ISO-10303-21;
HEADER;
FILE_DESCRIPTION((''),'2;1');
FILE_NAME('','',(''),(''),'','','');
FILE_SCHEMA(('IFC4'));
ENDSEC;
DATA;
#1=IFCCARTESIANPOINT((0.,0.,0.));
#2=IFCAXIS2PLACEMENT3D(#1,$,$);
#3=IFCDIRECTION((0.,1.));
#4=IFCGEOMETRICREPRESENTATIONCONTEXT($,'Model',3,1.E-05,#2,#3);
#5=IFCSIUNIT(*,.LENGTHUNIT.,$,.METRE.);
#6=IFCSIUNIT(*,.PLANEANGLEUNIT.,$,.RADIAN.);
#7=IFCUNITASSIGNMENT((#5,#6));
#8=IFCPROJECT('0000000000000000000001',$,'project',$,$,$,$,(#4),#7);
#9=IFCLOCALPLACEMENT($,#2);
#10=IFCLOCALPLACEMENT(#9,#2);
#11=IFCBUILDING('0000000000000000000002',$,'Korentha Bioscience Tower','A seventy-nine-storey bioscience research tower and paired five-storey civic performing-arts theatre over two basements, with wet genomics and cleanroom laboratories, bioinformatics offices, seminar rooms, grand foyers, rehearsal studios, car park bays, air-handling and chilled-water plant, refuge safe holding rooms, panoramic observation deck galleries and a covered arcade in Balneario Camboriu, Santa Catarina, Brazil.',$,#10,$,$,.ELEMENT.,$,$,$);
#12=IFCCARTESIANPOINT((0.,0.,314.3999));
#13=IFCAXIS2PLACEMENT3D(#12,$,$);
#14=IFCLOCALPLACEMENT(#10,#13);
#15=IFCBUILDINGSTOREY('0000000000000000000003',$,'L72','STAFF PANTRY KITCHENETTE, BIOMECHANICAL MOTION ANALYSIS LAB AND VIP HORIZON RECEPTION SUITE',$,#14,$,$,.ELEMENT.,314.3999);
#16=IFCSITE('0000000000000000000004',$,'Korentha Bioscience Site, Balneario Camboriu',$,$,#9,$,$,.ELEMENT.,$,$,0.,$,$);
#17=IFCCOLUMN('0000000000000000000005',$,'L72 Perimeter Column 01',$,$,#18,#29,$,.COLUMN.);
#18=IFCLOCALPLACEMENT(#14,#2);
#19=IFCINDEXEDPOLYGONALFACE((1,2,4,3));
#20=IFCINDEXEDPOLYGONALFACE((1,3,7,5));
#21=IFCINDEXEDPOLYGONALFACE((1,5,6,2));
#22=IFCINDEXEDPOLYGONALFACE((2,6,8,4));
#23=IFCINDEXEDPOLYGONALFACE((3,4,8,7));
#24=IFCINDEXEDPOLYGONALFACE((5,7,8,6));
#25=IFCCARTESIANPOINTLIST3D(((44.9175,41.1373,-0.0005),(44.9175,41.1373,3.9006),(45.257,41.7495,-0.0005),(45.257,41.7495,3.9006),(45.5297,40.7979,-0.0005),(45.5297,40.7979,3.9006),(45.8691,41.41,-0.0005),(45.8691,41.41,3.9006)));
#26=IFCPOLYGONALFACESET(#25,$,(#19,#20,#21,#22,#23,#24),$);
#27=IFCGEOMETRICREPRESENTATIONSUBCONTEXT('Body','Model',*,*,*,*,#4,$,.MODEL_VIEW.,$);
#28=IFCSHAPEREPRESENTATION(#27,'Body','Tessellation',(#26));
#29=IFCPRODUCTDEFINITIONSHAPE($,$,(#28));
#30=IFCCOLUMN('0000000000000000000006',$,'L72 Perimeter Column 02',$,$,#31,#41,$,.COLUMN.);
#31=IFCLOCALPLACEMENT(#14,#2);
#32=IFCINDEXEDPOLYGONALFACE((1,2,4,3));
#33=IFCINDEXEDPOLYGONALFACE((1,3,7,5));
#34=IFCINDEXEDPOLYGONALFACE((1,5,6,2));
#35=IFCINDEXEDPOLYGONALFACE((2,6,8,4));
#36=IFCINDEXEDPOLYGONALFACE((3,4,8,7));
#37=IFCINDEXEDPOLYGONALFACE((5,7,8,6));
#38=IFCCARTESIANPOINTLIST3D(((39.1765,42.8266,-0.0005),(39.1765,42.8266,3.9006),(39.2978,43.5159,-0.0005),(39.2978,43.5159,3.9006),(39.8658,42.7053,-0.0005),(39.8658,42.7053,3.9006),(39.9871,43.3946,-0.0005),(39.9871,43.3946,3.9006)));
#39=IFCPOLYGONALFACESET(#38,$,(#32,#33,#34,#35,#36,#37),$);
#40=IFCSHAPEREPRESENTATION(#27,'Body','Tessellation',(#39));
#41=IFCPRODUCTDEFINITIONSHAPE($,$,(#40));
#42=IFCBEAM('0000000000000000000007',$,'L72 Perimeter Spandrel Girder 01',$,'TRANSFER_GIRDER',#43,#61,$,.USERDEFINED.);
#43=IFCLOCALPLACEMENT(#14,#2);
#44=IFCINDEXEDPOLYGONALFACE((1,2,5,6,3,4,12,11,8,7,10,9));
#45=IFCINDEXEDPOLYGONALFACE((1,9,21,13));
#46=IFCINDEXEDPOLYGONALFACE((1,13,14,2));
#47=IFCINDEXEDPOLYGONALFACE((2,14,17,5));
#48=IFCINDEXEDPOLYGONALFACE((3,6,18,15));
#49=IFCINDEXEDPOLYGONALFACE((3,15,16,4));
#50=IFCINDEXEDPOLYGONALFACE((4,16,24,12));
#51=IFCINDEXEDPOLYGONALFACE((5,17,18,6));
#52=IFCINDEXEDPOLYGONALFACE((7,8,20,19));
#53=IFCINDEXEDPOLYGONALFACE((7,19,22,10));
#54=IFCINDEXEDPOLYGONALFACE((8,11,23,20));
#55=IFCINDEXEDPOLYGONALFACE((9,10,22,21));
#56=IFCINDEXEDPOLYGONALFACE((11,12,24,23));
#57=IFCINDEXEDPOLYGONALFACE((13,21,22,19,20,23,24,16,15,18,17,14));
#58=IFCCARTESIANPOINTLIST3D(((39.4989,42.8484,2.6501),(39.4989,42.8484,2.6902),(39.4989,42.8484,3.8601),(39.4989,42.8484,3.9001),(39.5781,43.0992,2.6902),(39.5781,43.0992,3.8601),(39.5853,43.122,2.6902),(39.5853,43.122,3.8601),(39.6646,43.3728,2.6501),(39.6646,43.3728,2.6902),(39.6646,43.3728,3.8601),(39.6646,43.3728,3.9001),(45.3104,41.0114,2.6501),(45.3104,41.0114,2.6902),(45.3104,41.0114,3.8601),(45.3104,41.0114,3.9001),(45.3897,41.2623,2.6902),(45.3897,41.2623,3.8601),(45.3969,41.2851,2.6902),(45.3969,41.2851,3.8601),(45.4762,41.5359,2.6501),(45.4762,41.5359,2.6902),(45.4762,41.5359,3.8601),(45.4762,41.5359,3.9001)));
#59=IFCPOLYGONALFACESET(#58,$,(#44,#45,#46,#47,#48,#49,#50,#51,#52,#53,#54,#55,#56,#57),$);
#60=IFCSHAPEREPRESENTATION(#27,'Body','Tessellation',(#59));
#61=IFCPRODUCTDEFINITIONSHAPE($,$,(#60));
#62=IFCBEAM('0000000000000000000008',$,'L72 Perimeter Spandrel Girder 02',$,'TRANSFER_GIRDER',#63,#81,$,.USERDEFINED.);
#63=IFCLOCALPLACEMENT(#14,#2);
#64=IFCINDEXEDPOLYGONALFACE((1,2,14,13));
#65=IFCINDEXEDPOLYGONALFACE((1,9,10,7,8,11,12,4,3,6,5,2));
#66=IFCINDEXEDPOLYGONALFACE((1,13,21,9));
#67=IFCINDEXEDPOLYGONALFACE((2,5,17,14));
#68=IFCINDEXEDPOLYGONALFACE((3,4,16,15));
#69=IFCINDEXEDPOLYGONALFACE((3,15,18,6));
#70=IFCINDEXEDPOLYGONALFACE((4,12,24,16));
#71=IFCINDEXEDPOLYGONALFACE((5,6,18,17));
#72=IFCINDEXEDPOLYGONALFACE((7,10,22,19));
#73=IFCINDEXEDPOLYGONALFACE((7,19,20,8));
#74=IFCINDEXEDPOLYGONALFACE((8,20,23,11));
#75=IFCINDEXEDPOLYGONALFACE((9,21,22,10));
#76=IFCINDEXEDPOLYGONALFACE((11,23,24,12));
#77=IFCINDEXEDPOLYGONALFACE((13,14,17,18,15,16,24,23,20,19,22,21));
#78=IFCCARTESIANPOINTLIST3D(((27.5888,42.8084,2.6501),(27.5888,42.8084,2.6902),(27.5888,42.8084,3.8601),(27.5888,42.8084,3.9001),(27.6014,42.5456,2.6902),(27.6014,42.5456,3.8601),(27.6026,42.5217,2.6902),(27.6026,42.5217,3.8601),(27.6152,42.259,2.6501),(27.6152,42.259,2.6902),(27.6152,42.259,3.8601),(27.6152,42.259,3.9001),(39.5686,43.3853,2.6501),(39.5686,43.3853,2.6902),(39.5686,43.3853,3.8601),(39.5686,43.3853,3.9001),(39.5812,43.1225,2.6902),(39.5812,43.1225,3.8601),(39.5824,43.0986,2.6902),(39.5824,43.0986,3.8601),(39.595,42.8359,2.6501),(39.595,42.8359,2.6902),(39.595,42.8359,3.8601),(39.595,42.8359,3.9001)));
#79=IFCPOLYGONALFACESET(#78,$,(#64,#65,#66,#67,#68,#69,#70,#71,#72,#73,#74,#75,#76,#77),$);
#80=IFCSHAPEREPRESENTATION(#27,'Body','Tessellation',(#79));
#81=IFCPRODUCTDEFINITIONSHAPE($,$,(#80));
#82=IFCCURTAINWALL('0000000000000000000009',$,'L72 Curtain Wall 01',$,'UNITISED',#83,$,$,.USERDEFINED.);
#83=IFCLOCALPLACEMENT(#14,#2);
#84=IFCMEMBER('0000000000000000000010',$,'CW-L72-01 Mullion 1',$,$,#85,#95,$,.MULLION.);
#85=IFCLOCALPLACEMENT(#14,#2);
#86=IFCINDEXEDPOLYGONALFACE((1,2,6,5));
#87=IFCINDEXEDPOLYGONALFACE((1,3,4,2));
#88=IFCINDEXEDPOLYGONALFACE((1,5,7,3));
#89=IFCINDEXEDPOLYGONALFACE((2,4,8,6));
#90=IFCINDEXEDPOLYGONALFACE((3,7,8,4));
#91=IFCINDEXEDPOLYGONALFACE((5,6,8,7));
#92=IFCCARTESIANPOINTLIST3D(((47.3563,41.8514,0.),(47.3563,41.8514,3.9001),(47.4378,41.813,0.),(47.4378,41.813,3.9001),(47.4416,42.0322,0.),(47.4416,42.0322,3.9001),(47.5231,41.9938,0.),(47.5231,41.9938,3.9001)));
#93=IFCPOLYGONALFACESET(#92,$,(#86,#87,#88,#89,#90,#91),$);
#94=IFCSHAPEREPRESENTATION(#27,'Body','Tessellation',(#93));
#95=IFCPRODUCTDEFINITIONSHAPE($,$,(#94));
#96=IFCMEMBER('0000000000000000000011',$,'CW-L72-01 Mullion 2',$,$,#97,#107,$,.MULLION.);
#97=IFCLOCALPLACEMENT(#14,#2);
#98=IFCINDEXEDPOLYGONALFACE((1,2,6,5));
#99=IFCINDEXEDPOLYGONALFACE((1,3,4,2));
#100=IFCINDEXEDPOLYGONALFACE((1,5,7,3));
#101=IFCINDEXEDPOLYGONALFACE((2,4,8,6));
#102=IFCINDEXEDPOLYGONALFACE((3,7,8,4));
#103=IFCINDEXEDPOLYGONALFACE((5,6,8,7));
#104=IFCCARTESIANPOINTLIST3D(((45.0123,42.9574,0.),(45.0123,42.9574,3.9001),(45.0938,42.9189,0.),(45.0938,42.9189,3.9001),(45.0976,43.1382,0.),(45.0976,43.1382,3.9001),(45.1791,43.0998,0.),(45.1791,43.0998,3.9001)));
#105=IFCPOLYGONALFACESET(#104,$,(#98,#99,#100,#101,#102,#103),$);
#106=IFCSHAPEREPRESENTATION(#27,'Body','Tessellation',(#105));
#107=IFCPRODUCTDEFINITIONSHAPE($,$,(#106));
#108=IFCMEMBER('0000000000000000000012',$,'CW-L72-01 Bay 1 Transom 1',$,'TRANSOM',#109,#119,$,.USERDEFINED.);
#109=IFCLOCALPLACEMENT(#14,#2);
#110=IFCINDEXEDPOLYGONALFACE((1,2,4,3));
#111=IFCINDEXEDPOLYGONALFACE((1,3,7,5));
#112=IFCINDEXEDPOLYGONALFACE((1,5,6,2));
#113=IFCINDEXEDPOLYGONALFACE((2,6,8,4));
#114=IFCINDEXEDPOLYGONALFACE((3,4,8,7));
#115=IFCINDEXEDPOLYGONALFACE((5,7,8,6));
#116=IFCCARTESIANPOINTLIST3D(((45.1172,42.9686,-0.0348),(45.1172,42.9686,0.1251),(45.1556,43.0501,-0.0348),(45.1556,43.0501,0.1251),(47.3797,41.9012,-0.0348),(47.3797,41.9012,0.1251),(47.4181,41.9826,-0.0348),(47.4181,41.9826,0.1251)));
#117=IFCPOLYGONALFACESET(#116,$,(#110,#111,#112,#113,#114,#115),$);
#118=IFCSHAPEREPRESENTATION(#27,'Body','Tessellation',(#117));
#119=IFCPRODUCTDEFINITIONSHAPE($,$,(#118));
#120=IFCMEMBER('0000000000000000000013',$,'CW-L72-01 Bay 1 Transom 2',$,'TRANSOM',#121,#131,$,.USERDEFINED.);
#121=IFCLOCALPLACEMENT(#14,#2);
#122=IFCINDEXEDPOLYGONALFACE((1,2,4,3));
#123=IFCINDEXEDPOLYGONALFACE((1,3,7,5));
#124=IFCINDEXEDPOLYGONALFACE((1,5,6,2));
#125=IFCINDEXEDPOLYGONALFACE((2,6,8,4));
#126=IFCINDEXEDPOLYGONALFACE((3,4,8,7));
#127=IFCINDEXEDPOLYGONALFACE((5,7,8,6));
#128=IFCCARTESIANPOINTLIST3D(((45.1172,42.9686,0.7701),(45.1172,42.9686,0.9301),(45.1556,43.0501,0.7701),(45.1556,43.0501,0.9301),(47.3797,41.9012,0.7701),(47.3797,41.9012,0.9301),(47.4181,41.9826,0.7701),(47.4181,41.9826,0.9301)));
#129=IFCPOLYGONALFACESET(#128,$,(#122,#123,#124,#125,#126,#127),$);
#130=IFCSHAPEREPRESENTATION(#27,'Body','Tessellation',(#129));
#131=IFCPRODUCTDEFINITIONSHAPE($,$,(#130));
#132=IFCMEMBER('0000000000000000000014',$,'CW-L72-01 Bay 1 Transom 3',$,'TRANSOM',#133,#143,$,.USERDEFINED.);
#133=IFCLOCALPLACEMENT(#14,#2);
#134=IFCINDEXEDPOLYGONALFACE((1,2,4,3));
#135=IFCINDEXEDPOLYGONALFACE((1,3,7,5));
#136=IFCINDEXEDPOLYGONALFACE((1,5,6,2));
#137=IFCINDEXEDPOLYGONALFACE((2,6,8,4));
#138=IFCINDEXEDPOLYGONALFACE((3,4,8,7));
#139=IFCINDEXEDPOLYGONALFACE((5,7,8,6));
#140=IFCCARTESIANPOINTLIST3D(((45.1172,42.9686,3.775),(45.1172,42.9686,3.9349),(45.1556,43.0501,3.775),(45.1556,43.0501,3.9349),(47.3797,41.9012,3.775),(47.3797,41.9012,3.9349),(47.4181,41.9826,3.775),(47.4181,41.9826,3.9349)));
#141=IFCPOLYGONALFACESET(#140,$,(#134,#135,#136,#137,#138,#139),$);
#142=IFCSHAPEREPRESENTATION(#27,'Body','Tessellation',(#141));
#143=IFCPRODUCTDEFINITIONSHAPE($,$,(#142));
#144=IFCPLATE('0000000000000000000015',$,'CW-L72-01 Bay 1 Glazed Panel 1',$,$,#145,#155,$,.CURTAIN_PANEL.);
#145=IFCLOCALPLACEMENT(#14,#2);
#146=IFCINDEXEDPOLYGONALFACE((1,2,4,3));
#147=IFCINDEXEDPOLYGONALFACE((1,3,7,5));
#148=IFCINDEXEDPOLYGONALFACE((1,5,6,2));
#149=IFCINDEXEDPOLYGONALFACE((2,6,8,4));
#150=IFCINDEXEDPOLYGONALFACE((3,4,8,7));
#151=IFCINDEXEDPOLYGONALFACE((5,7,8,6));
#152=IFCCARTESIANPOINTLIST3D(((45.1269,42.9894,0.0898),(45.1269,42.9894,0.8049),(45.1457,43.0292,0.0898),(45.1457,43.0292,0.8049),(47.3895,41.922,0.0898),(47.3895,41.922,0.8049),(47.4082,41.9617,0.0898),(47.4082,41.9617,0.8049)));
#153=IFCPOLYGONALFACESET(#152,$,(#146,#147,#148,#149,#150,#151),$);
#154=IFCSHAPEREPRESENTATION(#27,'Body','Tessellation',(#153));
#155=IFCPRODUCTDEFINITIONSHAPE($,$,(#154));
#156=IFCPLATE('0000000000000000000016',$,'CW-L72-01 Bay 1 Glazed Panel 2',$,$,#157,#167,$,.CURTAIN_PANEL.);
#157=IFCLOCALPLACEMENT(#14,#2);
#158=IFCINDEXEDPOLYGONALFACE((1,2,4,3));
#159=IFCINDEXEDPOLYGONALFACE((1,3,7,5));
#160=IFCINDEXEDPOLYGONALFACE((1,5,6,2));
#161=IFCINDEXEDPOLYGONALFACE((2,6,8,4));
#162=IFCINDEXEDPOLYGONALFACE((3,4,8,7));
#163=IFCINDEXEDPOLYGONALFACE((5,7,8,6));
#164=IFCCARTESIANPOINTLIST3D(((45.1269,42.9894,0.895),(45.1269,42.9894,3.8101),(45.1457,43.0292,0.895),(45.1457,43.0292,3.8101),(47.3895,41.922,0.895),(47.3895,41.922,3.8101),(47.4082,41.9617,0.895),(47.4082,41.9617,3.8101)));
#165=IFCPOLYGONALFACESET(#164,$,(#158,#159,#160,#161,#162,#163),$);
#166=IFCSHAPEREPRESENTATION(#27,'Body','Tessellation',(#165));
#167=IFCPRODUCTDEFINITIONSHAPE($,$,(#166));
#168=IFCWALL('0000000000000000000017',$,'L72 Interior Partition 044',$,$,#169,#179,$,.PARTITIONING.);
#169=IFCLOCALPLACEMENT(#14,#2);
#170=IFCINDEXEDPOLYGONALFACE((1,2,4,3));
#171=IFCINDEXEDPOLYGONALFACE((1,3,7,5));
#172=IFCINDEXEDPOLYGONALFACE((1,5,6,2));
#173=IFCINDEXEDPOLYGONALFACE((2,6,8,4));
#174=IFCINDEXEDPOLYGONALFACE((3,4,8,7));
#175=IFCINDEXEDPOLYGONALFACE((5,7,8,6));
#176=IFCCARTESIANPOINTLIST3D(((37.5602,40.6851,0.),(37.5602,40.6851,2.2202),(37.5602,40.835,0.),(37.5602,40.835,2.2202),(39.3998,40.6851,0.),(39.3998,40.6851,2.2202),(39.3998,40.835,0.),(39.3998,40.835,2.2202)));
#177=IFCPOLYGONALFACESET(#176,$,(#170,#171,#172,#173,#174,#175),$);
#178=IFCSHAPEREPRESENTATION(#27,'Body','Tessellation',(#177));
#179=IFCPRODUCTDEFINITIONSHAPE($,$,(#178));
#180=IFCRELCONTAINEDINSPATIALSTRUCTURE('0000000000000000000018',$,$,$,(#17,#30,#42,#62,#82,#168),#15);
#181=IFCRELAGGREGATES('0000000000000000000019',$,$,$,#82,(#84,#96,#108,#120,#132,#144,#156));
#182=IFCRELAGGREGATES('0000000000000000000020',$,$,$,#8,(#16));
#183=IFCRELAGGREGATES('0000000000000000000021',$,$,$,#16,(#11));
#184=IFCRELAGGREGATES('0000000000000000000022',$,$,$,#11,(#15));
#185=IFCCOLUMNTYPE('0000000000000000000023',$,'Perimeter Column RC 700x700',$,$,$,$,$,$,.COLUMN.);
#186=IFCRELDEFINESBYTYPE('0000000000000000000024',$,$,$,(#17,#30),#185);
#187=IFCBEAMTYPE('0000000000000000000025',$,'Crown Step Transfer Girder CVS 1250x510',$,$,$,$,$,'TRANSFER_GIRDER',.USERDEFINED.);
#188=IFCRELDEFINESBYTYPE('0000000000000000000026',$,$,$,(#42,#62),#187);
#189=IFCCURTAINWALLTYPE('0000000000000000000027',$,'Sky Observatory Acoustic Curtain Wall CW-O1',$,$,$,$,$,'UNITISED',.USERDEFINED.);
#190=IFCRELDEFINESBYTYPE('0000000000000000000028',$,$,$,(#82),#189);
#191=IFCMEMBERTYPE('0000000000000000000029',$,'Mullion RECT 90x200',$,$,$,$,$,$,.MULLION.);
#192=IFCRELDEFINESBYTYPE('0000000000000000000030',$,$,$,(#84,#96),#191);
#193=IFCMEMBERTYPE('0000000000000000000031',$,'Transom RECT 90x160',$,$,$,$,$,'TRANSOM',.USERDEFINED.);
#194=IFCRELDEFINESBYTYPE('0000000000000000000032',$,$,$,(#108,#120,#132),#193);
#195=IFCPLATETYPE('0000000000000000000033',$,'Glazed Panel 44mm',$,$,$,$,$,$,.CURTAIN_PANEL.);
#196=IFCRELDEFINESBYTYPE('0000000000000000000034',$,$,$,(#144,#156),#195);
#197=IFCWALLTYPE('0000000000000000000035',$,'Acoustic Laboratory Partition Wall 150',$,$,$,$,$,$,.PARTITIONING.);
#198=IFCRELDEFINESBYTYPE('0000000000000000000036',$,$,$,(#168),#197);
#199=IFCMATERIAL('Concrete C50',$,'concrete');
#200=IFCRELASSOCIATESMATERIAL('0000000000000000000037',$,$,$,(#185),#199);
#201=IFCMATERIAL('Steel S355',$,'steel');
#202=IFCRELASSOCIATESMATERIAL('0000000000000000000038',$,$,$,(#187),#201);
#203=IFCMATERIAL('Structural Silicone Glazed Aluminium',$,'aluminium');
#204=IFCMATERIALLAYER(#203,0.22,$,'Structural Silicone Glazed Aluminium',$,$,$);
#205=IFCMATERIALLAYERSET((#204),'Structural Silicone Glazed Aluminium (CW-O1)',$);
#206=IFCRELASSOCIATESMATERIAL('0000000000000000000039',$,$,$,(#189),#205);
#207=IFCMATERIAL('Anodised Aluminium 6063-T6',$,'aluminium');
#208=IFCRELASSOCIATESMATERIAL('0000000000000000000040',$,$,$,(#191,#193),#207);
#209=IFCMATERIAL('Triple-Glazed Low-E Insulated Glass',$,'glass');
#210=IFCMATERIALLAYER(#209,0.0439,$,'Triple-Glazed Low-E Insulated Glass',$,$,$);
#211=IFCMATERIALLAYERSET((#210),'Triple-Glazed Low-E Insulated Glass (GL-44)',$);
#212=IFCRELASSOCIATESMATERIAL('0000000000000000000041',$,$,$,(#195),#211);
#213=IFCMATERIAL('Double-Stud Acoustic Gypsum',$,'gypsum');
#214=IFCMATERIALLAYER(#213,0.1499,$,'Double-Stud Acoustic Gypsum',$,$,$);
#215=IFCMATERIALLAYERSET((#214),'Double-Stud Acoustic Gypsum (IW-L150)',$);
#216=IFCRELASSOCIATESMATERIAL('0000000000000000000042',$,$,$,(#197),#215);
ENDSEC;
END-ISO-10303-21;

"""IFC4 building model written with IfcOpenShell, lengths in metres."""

from ifc_helpers import new_model, si_unit, direction, frame, frame_2d, origin, origin_2d, place, context, subcontext, project, spatial, rectangle, i_section, extrude, material, layer, layer_set, material_profile, profile_set, type_object, element, aggregate, save


model = new_model("IFC4")

# Units and contexts
model_context = context("Model", 3, precision=1e-05, world=origin(), true_north=direction((0.0, 1.0)))
body_context = subcontext(model_context, "Body", "Model", "MODEL_VIEW")
ifc_project = project(units=[si_unit("LENGTHUNIT", "METRE"), si_unit("PLANEANGLEUNIT", "RADIAN")], contexts=[model_context])

# Site, building, storey
site_placement = place(None, origin())
site = spatial("IfcSite", under=ifc_project, at=site_placement, Name="Korentha Bioscience Site, Balneario Camboriu", CompositionType="ELEMENT", RefElevation=0.0)
building_placement = place(site_placement, origin())
building = spatial("IfcBuilding", under=site, at=building_placement, Name="Korentha Bioscience Tower", Description="A seventy-nine-storey bioscience research tower and paired five-storey civic performing-arts theatre over two basements, with wet genomics and cleanroom laboratories, bioinformatics offices, seminar rooms, grand foyers, rehearsal studios, car park bays, air-handling and chilled-water plant, refuge safe holding rooms, panoramic observation deck galleries and a covered arcade in Balneario Camboriu, Santa Catarina, Brazil.", CompositionType="ELEMENT")
storey_placement = place(building_placement, frame((0.0, 0.0, 314.3999)))
storey = spatial("IfcBuildingStorey", under=building, at=storey_placement, Name="L72", Description="STAFF PANTRY KITCHENETTE, BIOMECHANICAL MOTION ANALYSIS LAB AND VIP HORIZON RECEPTION SUITE", CompositionType="ELEMENT", Elevation=314.3999)

# Columns
ifc_material_1 = material(Name="Concrete C50", Category="concrete")
ifc_material_profile_1 = material_profile(ifc_material_1, rectangle(XDim=0.7, YDim=0.7, at=origin_2d()), Name="Concrete C50")
ifc_profile_set_1 = profile_set([ifc_material_profile_1], Name="Concrete C50 (COL-P07)")
column_type = type_object("IfcColumnType", Name="Perimeter Column RC 700x700", PredefinedType="COLUMN", material=ifc_profile_set_1)
for number, where, z_axis, x_axis, name in (
    (1, (45.3933, 41.2737, -0.0005), (0.0, 0.0, 1.0), (-0.874535, 0.484962, 0.0), "L72 Perimeter Column 01"),
    (2, (39.5818, 43.1106, -0.0005), (0.0, 0.0, 1.0), (-0.984868, 0.173304, 0.0), "L72 Perimeter Column 02"),
):
    element("IfcColumn", number, at=place(storey_placement, frame(where, z_axis=z_axis, x_axis=x_axis)), inside=storey, type_object=column_type, Name=name, PredefinedType="COLUMN", context=body_context, shape_type="SweptSolid", body=[
        extrude(rectangle(XDim=0.7, YDim=0.7, at=origin_2d()), origin(), (0.0, 0.0, 1.0), 3.9011),
    ])

# Beams
ifc_material_2 = material(Name="Steel S355", Category="steel")
ifc_material_profile_2 = material_profile(ifc_material_2, i_section(OverallWidth=0.55, OverallDepth=1.25, WebThickness=0.0239, FlangeThickness=0.04, at=origin_2d()), Name="Steel S355")
ifc_profile_set_2 = profile_set([ifc_material_profile_2], Name="Steel S355 (TG-03)")
beam_type = type_object("IfcBeamType", Name="Crown Step Transfer Girder CVS 1250x510", ElementType="TRANSFER_GIRDER", PredefinedType="USERDEFINED", material=ifc_profile_set_2)
beam_1_placement = place(storey_placement, frame((45.3933, 41.2737, 3.2751), z_axis=(-0.953503, 0.301384, 0.0), x_axis=(-0.301384, -0.953503, 0.0)))
element("IfcBeam", 3, at=beam_1_placement, inside=storey, type_object=beam_type, Name="L72 Perimeter Spandrel Girder 01", ObjectType="TRANSFER_GIRDER", PredefinedType="USERDEFINED", context=body_context, shape_type="SweptSolid", body=[
    extrude(i_section(OverallWidth=0.55, OverallDepth=1.25, WebThickness=0.0239, FlangeThickness=0.04, at=origin_2d()), origin(), (0.0, 0.0, 1.0), 6.095),
])
beam_2_placement = place(storey_placement, frame((39.5818, 43.1106, 3.2751), z_axis=(-0.998842, -0.048101, 0.0), x_axis=(0.048101, -0.998842, 0.0)))
element("IfcBeam", 4, at=beam_2_placement, inside=storey, type_object=beam_type, Name="L72 Perimeter Spandrel Girder 02", ObjectType="TRANSFER_GIRDER", PredefinedType="USERDEFINED", context=body_context, shape_type="SweptSolid", body=[
    extrude(i_section(OverallWidth=0.55, OverallDepth=1.25, WebThickness=0.0239, FlangeThickness=0.04, at=origin_2d()), origin(), (0.0, 0.0, 1.0), 11.9937),
])

# Curtain wall, members, plates
ifc_material_3 = material(Name="Structural Silicone Glazed Aluminium", Category="aluminium")
ifc_layer_1 = layer(ifc_material_3, 0.22, Name="Structural Silicone Glazed Aluminium")
ifc_layer_set_1 = layer_set([ifc_layer_1], Name="Structural Silicone Glazed Aluminium (CW-O1)")
curtain_wall_type = type_object("IfcCurtainWallType", Name="Sky Observatory Acoustic Curtain Wall CW-O1", ElementType="UNITISED", PredefinedType="USERDEFINED", material=ifc_layer_set_1)
curtain_wall_placement = place(storey_placement, origin())
curtain_wall = element("IfcCurtainWall", 5, at=curtain_wall_placement, inside=storey, type_object=curtain_wall_type, Name="L72 Curtain Wall 01", ObjectType="UNITISED", PredefinedType="USERDEFINED")
ifc_material_4 = material(Name="Anodised Aluminium 6063-T6", Category="aluminium")
ifc_material_profile_3 = material_profile(ifc_material_4, rectangle(XDim=0.0901, YDim=0.2, at=origin_2d()), Name="Anodised Aluminium 6063-T6")
ifc_profile_set_3 = profile_set([ifc_material_profile_3], Name="Anodised Aluminium 6063-T6 (CW-MUL)")
member_type_1 = type_object("IfcMemberType", Name="Mullion RECT 90x200", PredefinedType="MULLION", material=ifc_profile_set_3)
member_1_placement = place(storey_placement, frame((47.4397, 41.9226, 0.0), z_axis=(0.0, 0.0, 1.0), x_axis=(-0.904397, 0.426691, 0.0)))
member_1 = element("IfcMember", 6, at=member_1_placement, type_object=member_type_1, Name="CW-L72-01 Mullion 1", PredefinedType="MULLION", context=body_context, shape_type="SweptSolid", body=[
    extrude(rectangle(XDim=0.0901, YDim=0.2, at=origin_2d()), origin(), (0.0, 0.0, 1.0), 3.9001),
])
member_2_placement = place(storey_placement, frame((45.0957, 43.0286, 0.0), z_axis=(0.0, 0.0, 1.0), x_axis=(-0.904397, 0.426691, 0.0)))
member_2 = element("IfcMember", 7, at=member_2_placement, type_object=member_type_1, Name="CW-L72-01 Mullion 2", PredefinedType="MULLION", context=body_context, shape_type="SweptSolid", body=[
    extrude(rectangle(XDim=0.0901, YDim=0.2, at=origin_2d()), origin(), (0.0, 0.0, 1.0), 3.9001),
])
ifc_material_profile_4 = material_profile(ifc_material_4, rectangle(XDim=0.0901, YDim=0.1599, at=origin_2d()), Name="Anodised Aluminium 6063-T6")
ifc_profile_set_4 = profile_set([ifc_material_profile_4], Name="Anodised Aluminium 6063-T6 (CW-TRN)")
member_type_2 = type_object("IfcMemberType", Name="Transom RECT 90x160", ElementType="TRANSOM", PredefinedType="USERDEFINED", material=ifc_profile_set_4)
member_3_placement = place(storey_placement, frame((47.3989, 41.9419, 0.0452), z_axis=(-0.904402, 0.42668, 0.0), x_axis=(-0.42668, -0.904402, 0.0)))
member_3 = element("IfcMember", 8, at=member_3_placement, type_object=member_type_2, Name="CW-L72-01 Bay 1 Transom 1", ObjectType="TRANSOM", PredefinedType="USERDEFINED", context=body_context, shape_type="SweptSolid", body=[
    extrude(rectangle(XDim=0.0901, YDim=0.1599, at=origin_2d()), origin(), (0.0, 0.0, 1.0), 2.5017),
])
member_4_placement = place(storey_placement, frame((47.3989, 41.9419, 0.8501), z_axis=(-0.904402, 0.42668, 0.0), x_axis=(-0.42668, -0.904402, 0.0)))
member_4 = element("IfcMember", 9, at=member_4_placement, type_object=member_type_2, Name="CW-L72-01 Bay 1 Transom 2", ObjectType="TRANSOM", PredefinedType="USERDEFINED", context=body_context, shape_type="SweptSolid", body=[
    extrude(rectangle(XDim=0.0901, YDim=0.1599, at=origin_2d()), origin(), (0.0, 0.0, 1.0), 2.5017),
])
member_5_placement = place(storey_placement, frame((47.3989, 41.9419, 3.855), z_axis=(-0.904402, 0.42668, 0.0), x_axis=(-0.42668, -0.904402, 0.0)))
member_5 = element("IfcMember", 10, at=member_5_placement, type_object=member_type_2, Name="CW-L72-01 Bay 1 Transom 3", ObjectType="TRANSOM", PredefinedType="USERDEFINED", context=body_context, shape_type="SweptSolid", body=[
    extrude(rectangle(XDim=0.0901, YDim=0.1599, at=origin_2d()), origin(), (0.0, 0.0, 1.0), 2.5017),
])
ifc_material_5 = material(Name="Triple-Glazed Low-E Insulated Glass", Category="glass")
ifc_layer_2 = layer(ifc_material_5, 0.0439, Name="Triple-Glazed Low-E Insulated Glass")
ifc_layer_set_2 = layer_set([ifc_layer_2], Name="Triple-Glazed Low-E Insulated Glass (GL-44)")
plate_type = type_object("IfcPlateType", Name="Glazed Panel 44mm", PredefinedType="CURTAIN_PANEL", material=ifc_layer_set_2)
plate_1_placement = place(storey_placement, frame((46.2676, 42.4756, 0.0898), z_axis=(0.0, 0.0, 1.0), x_axis=(-0.904397, 0.426691, 0.0)))
plate_1 = element("IfcPlate", 11, at=plate_1_placement, type_object=plate_type, Name="CW-L72-01 Bay 1 Glazed Panel 1", PredefinedType="CURTAIN_PANEL", context=body_context, shape_type="SweptSolid", body=[
    extrude(rectangle(XDim=2.5017, YDim=0.0439, at=origin_2d()), origin(), (0.0, 0.0, 1.0), 0.7151),
])
plate_2_placement = place(storey_placement, frame((46.2676, 42.4756, 0.895), z_axis=(0.0, 0.0, 1.0), x_axis=(-0.904397, 0.426691, 0.0)))
plate_2 = element("IfcPlate", 12, at=plate_2_placement, type_object=plate_type, Name="CW-L72-01 Bay 1 Glazed Panel 2", PredefinedType="CURTAIN_PANEL", context=body_context, shape_type="SweptSolid", body=[
    extrude(rectangle(XDim=2.5017, YDim=0.0439, at=origin_2d()), origin(), (0.0, 0.0, 1.0), 2.915),
])
aggregate(curtain_wall, [member_1, member_2, member_3, member_4, member_5, plate_1, plate_2])

# Shared definitions
ifc_material_6 = material(Name="Double-Stud Acoustic Gypsum", Category="gypsum")
ifc_layer_3 = layer(ifc_material_6, 0.1499, Name="Double-Stud Acoustic Gypsum")
ifc_layer_set_3 = layer_set([ifc_layer_3], Name="Double-Stud Acoustic Gypsum (IW-L150)")
wall_type_1 = type_object("IfcWallType", Name="Acoustic Laboratory Partition Wall 150", PredefinedType="PARTITIONING", material=ifc_layer_set_3)

# Wall
wall_1_placement = place(storey_placement, frame((39.3999, 40.76, 0.0), z_axis=(0.0, 0.0, 1.0), x_axis=(-1.0, 0.0, 0.0)))
element("IfcWall", 13, at=wall_1_placement, inside=storey, type_object=wall_type_1, Name="L72 Interior Partition 044", PredefinedType="PARTITIONING", context=body_context, shape_type="SweptSolid", body=[
    extrude(rectangle(XDim=1.8396, YDim=0.1499, at=frame_2d((0.9199, 0.0))), origin(), (0.0, 0.0, 1.0), 2.2202),
])

save(model, "model.ifc")
